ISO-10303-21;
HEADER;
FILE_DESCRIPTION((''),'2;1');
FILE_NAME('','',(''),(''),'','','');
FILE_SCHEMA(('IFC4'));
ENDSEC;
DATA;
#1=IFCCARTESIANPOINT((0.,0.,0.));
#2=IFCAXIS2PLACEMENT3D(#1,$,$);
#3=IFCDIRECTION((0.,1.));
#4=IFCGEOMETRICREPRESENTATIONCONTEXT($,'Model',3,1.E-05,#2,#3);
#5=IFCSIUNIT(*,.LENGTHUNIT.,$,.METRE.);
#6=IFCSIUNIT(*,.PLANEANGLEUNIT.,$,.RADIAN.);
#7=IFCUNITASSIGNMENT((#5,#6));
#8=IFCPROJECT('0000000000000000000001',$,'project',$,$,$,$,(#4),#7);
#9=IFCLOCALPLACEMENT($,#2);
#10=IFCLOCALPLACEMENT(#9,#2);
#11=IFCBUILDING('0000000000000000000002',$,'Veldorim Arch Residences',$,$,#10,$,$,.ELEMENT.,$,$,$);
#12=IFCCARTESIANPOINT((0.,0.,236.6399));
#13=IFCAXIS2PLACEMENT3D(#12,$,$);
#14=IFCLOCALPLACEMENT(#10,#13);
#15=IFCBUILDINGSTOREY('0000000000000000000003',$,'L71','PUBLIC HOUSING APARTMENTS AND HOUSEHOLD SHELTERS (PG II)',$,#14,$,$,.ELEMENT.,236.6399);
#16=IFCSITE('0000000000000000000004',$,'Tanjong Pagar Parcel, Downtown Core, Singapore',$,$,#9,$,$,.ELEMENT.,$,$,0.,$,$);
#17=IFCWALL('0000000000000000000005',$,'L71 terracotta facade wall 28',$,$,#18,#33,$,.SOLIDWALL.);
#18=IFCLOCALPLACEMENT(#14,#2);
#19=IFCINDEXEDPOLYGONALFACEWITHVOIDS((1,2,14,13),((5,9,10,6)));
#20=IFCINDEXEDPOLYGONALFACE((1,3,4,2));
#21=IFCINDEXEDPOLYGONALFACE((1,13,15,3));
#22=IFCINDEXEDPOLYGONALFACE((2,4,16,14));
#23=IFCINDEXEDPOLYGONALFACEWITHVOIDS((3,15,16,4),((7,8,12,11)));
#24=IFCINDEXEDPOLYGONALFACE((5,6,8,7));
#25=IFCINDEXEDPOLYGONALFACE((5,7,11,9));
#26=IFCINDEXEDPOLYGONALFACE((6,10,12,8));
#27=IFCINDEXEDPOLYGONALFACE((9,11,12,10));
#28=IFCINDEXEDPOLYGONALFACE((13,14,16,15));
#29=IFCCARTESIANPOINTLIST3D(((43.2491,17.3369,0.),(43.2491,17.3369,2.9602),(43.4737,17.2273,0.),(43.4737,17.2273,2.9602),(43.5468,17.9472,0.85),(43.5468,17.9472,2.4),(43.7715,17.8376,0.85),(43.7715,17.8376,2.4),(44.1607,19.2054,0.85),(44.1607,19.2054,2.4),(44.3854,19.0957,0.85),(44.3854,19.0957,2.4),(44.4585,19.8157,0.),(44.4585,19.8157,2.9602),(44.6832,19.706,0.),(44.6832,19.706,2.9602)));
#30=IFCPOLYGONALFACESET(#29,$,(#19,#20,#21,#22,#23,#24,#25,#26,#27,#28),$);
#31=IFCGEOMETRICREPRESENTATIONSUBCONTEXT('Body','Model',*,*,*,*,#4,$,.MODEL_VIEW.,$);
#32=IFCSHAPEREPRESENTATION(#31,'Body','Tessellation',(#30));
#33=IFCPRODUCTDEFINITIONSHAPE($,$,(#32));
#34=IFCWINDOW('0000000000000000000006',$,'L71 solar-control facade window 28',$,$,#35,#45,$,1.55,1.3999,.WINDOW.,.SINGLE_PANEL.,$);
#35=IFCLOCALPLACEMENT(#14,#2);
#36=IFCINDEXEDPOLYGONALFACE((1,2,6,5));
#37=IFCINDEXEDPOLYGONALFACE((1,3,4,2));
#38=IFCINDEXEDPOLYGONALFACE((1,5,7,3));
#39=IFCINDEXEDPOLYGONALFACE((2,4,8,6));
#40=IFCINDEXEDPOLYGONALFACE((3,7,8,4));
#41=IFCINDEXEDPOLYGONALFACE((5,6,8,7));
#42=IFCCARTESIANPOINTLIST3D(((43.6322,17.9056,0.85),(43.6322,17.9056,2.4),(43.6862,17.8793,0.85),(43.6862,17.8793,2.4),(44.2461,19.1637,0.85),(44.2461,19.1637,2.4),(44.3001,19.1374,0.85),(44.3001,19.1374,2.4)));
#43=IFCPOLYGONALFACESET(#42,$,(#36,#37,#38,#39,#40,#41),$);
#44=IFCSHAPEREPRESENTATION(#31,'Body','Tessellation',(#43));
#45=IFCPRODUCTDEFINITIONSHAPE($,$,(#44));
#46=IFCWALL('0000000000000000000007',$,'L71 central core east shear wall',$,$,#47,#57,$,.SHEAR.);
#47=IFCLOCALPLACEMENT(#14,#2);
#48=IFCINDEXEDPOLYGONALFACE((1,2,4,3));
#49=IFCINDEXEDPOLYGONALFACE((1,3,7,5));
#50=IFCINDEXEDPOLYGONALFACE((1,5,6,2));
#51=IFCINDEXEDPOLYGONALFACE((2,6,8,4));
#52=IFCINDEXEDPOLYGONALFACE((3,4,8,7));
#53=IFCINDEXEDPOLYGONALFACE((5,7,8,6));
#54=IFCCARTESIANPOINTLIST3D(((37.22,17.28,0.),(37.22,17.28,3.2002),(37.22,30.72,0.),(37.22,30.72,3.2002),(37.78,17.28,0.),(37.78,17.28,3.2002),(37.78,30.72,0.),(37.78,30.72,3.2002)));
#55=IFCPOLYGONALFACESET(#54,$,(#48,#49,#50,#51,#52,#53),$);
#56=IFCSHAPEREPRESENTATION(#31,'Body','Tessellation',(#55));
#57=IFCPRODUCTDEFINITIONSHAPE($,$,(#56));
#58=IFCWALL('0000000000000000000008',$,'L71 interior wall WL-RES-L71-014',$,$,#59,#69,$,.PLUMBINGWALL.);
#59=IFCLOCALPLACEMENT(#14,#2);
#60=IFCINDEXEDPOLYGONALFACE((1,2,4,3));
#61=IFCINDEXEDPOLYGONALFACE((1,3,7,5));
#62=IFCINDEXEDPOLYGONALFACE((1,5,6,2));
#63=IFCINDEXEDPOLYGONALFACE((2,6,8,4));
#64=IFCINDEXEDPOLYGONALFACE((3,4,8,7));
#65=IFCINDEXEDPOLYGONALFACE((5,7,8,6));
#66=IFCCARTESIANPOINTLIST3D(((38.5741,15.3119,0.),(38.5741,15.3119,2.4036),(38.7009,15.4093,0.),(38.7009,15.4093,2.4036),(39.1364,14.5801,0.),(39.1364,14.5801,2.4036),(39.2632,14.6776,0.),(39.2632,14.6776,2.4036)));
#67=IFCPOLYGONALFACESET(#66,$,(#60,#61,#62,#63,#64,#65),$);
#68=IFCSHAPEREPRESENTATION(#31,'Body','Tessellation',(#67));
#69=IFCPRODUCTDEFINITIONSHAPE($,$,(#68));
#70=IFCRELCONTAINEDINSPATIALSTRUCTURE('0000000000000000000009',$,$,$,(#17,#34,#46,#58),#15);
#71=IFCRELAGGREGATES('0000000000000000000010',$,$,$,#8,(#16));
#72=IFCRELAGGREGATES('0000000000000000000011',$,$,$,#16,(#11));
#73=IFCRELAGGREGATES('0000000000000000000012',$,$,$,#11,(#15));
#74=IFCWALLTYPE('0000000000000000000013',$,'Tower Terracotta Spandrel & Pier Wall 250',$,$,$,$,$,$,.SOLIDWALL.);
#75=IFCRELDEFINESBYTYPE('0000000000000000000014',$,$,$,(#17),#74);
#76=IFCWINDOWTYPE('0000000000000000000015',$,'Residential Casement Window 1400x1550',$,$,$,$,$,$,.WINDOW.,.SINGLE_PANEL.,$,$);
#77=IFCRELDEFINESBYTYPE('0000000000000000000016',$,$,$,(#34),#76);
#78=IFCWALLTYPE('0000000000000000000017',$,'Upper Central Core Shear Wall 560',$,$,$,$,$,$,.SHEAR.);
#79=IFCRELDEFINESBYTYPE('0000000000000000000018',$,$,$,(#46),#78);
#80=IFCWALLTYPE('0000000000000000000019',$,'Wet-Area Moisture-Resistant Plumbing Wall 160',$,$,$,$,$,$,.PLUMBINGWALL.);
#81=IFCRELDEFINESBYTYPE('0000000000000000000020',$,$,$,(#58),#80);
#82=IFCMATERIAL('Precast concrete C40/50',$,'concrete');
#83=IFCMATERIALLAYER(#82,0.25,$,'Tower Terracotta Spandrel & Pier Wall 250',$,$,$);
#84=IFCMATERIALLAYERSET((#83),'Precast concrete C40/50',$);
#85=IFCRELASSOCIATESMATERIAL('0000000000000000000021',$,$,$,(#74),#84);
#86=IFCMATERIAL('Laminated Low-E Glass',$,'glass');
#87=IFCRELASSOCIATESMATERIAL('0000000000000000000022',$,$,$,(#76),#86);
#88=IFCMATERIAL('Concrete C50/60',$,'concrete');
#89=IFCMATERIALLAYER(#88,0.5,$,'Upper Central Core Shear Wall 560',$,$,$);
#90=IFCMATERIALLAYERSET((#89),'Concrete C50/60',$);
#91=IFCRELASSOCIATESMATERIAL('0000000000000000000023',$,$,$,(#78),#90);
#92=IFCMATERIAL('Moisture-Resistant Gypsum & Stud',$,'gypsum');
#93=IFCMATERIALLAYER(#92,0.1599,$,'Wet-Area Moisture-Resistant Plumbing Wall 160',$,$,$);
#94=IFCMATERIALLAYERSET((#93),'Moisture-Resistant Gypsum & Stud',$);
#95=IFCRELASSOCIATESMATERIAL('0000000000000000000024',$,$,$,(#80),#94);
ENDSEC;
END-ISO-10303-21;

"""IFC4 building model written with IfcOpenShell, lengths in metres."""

from ifc_helpers import new_model, si_unit, direction, frame, frame_2d, origin, place, context, subcontext, project, spatial, rectangle, extrude, material, layer, layer_set, type_object, element, fill, save


model = new_model("IFC4")

# Units and contexts
model_context = context("Model", 3, precision=1e-05, world=origin(), true_north=direction((0.0, 1.0)))
body_context = subcontext(model_context, "Body", "Model", "MODEL_VIEW")
ifc_project = project(units=[si_unit("LENGTHUNIT", "METRE"), si_unit("PLANEANGLEUNIT", "RADIAN")], contexts=[model_context])

# Site, building, storey
site_placement = place(None, origin())
site = spatial("IfcSite", under=ifc_project, at=site_placement, Name="Tanjong Pagar Parcel, Downtown Core, Singapore", CompositionType="ELEMENT", RefElevation=0.0)
building_placement = place(site_placement, origin())
building = spatial("IfcBuilding", under=site, at=building_placement, Name="Veldorim Arch Residences", CompositionType="ELEMENT")
storey_placement = place(building_placement, frame((0.0, 0.0, 236.6399)))
storey = spatial("IfcBuildingStorey", under=building, at=storey_placement, Name="L71", Description="PUBLIC HOUSING APARTMENTS AND HOUSEHOLD SHELTERS (PG II)", CompositionType="ELEMENT", Elevation=236.6399)

# Shared definitions
ifc_material_1 = material(Name="Precast concrete C40/50", Category="concrete")
ifc_layer_1 = layer(ifc_material_1, 0.25, Name="Tower Terracotta Spandrel & Pier Wall 250")
ifc_layer_set_1 = layer_set([ifc_layer_1], Name="Precast concrete C40/50")
wall_type_1 = type_object("IfcWallType", Name="Tower Terracotta Spandrel & Pier Wall 250", PredefinedType="SOLIDWALL", material=ifc_layer_set_1)

# Wall, opening, window
wall_1_placement = place(storey_placement, frame((44.5708, 19.7607, 0.0), z_axis=(0.0, 0.0, 1.0), x_axis=(-0.438518, -0.898723, 0.0)))
wall_1 = element("IfcWall", 1, at=wall_1_placement, inside=storey, type_object=wall_type_1, Name="L71 terracotta facade wall 28", PredefinedType="SOLIDWALL", context=body_context, shape_type="SweptSolid", body=[
    extrude(rectangle(XDim=2.7581, YDim=0.25, at=frame_2d((1.3789, 0.0))), origin(), (0.0, 0.0, 1.0), 2.9602),
])
opening_1_placement = place(wall_1_placement, frame((0.679, 0.0, 0.8501)))
opening_1 = element("IfcOpeningElement", 2, at=opening_1_placement, cuts=wall_1, PredefinedType="OPENING", context=body_context, shape_type="SweptSolid", body=[
    extrude(rectangle(XDim=1.3999, YDim=1.55, at=frame_2d((0.7, 0.7749))), frame((0.0, 0.135, 0.0), z_axis=(0.0, -1.0, 0.0), x_axis=(1.0, 0.0, 0.0)), (0.0, 0.0, 1.0), 0.27),
])
ifc_material_2 = material(Name="Laminated Low-E Glass", Category="glass")
window_type_1 = type_object("IfcWindowType", Name="Residential Casement Window 1400x1550", PartitioningType="SINGLE_PANEL", PredefinedType="WINDOW", material=ifc_material_2)
window_1_placement = place(opening_1_placement, origin())
window_1 = element("IfcWindow", 3, at=window_1_placement, inside=storey, type_object=window_type_1, Name="L71 solar-control facade window 28", OverallHeight=1.55, OverallWidth=1.3999, PartitioningType="SINGLE_PANEL", PredefinedType="WINDOW", context=body_context, shape_type="SweptSolid", body=[
    extrude(rectangle(XDim=1.3999, YDim=1.55, at=frame_2d((0.7, 0.7749))), frame((0.0, 0.03, 0.0), z_axis=(0.0, -1.0, 0.0), x_axis=(1.0, 0.0, 0.0)), (0.0, 0.0, 1.0), 0.0601),
])
fill(opening_1, window_1)

# Walls
ifc_material_3 = material(Name="Concrete C50/60", Category="concrete")
ifc_layer_2 = layer(ifc_material_3, 0.5, Name="Upper Central Core Shear Wall 560")
ifc_layer_set_2 = layer_set([ifc_layer_2], Name="Concrete C50/60")
wall_type_2 = type_object("IfcWallType", Name="Upper Central Core Shear Wall 560", PredefinedType="SHEAR", material=ifc_layer_set_2)
wall_2_placement = place(storey_placement, frame((37.5, 17.28, 0.0), z_axis=(0.0, 0.0, 1.0), x_axis=(0.0, 1.0, 0.0)))
element("IfcWall", 4, at=wall_2_placement, inside=storey, type_object=wall_type_2, Name="L71 central core east shear wall", PredefinedType="SHEAR", context=body_context, shape_type="SweptSolid", body=[
    extrude(rectangle(XDim=13.4399, YDim=0.5601, at=frame_2d((6.72, 0.0))), origin(), (0.0, 0.0, 1.0), 3.2002),
])
ifc_material_4 = material(Name="Moisture-Resistant Gypsum & Stud", Category="gypsum")
ifc_layer_3 = layer(ifc_material_4, 0.1599, Name="Wet-Area Moisture-Resistant Plumbing Wall 160")
ifc_layer_set_3 = layer_set([ifc_layer_3], Name="Moisture-Resistant Gypsum & Stud")
wall_type_3 = type_object("IfcWallType", Name="Wet-Area Moisture-Resistant Plumbing Wall 160", PredefinedType="PLUMBINGWALL", material=ifc_layer_set_3)
wall_3_placement = place(storey_placement, frame((38.6375, 15.3606, 0.0), z_axis=(0.0, 0.0, 1.0), x_axis=(0.609314, -0.792929, 0.0)))
element("IfcWall", 5, at=wall_3_placement, inside=storey, type_object=wall_type_3, Name="L71 interior wall WL-RES-L71-014", PredefinedType="PLUMBINGWALL", context=body_context, shape_type="SweptSolid", body=[
    extrude(rectangle(XDim=0.9229, YDim=0.1599, at=frame_2d((0.4614, 0.0))), origin(), (0.0, 0.0, 1.0), 2.4036),
])

save(model, "model.ifc")
